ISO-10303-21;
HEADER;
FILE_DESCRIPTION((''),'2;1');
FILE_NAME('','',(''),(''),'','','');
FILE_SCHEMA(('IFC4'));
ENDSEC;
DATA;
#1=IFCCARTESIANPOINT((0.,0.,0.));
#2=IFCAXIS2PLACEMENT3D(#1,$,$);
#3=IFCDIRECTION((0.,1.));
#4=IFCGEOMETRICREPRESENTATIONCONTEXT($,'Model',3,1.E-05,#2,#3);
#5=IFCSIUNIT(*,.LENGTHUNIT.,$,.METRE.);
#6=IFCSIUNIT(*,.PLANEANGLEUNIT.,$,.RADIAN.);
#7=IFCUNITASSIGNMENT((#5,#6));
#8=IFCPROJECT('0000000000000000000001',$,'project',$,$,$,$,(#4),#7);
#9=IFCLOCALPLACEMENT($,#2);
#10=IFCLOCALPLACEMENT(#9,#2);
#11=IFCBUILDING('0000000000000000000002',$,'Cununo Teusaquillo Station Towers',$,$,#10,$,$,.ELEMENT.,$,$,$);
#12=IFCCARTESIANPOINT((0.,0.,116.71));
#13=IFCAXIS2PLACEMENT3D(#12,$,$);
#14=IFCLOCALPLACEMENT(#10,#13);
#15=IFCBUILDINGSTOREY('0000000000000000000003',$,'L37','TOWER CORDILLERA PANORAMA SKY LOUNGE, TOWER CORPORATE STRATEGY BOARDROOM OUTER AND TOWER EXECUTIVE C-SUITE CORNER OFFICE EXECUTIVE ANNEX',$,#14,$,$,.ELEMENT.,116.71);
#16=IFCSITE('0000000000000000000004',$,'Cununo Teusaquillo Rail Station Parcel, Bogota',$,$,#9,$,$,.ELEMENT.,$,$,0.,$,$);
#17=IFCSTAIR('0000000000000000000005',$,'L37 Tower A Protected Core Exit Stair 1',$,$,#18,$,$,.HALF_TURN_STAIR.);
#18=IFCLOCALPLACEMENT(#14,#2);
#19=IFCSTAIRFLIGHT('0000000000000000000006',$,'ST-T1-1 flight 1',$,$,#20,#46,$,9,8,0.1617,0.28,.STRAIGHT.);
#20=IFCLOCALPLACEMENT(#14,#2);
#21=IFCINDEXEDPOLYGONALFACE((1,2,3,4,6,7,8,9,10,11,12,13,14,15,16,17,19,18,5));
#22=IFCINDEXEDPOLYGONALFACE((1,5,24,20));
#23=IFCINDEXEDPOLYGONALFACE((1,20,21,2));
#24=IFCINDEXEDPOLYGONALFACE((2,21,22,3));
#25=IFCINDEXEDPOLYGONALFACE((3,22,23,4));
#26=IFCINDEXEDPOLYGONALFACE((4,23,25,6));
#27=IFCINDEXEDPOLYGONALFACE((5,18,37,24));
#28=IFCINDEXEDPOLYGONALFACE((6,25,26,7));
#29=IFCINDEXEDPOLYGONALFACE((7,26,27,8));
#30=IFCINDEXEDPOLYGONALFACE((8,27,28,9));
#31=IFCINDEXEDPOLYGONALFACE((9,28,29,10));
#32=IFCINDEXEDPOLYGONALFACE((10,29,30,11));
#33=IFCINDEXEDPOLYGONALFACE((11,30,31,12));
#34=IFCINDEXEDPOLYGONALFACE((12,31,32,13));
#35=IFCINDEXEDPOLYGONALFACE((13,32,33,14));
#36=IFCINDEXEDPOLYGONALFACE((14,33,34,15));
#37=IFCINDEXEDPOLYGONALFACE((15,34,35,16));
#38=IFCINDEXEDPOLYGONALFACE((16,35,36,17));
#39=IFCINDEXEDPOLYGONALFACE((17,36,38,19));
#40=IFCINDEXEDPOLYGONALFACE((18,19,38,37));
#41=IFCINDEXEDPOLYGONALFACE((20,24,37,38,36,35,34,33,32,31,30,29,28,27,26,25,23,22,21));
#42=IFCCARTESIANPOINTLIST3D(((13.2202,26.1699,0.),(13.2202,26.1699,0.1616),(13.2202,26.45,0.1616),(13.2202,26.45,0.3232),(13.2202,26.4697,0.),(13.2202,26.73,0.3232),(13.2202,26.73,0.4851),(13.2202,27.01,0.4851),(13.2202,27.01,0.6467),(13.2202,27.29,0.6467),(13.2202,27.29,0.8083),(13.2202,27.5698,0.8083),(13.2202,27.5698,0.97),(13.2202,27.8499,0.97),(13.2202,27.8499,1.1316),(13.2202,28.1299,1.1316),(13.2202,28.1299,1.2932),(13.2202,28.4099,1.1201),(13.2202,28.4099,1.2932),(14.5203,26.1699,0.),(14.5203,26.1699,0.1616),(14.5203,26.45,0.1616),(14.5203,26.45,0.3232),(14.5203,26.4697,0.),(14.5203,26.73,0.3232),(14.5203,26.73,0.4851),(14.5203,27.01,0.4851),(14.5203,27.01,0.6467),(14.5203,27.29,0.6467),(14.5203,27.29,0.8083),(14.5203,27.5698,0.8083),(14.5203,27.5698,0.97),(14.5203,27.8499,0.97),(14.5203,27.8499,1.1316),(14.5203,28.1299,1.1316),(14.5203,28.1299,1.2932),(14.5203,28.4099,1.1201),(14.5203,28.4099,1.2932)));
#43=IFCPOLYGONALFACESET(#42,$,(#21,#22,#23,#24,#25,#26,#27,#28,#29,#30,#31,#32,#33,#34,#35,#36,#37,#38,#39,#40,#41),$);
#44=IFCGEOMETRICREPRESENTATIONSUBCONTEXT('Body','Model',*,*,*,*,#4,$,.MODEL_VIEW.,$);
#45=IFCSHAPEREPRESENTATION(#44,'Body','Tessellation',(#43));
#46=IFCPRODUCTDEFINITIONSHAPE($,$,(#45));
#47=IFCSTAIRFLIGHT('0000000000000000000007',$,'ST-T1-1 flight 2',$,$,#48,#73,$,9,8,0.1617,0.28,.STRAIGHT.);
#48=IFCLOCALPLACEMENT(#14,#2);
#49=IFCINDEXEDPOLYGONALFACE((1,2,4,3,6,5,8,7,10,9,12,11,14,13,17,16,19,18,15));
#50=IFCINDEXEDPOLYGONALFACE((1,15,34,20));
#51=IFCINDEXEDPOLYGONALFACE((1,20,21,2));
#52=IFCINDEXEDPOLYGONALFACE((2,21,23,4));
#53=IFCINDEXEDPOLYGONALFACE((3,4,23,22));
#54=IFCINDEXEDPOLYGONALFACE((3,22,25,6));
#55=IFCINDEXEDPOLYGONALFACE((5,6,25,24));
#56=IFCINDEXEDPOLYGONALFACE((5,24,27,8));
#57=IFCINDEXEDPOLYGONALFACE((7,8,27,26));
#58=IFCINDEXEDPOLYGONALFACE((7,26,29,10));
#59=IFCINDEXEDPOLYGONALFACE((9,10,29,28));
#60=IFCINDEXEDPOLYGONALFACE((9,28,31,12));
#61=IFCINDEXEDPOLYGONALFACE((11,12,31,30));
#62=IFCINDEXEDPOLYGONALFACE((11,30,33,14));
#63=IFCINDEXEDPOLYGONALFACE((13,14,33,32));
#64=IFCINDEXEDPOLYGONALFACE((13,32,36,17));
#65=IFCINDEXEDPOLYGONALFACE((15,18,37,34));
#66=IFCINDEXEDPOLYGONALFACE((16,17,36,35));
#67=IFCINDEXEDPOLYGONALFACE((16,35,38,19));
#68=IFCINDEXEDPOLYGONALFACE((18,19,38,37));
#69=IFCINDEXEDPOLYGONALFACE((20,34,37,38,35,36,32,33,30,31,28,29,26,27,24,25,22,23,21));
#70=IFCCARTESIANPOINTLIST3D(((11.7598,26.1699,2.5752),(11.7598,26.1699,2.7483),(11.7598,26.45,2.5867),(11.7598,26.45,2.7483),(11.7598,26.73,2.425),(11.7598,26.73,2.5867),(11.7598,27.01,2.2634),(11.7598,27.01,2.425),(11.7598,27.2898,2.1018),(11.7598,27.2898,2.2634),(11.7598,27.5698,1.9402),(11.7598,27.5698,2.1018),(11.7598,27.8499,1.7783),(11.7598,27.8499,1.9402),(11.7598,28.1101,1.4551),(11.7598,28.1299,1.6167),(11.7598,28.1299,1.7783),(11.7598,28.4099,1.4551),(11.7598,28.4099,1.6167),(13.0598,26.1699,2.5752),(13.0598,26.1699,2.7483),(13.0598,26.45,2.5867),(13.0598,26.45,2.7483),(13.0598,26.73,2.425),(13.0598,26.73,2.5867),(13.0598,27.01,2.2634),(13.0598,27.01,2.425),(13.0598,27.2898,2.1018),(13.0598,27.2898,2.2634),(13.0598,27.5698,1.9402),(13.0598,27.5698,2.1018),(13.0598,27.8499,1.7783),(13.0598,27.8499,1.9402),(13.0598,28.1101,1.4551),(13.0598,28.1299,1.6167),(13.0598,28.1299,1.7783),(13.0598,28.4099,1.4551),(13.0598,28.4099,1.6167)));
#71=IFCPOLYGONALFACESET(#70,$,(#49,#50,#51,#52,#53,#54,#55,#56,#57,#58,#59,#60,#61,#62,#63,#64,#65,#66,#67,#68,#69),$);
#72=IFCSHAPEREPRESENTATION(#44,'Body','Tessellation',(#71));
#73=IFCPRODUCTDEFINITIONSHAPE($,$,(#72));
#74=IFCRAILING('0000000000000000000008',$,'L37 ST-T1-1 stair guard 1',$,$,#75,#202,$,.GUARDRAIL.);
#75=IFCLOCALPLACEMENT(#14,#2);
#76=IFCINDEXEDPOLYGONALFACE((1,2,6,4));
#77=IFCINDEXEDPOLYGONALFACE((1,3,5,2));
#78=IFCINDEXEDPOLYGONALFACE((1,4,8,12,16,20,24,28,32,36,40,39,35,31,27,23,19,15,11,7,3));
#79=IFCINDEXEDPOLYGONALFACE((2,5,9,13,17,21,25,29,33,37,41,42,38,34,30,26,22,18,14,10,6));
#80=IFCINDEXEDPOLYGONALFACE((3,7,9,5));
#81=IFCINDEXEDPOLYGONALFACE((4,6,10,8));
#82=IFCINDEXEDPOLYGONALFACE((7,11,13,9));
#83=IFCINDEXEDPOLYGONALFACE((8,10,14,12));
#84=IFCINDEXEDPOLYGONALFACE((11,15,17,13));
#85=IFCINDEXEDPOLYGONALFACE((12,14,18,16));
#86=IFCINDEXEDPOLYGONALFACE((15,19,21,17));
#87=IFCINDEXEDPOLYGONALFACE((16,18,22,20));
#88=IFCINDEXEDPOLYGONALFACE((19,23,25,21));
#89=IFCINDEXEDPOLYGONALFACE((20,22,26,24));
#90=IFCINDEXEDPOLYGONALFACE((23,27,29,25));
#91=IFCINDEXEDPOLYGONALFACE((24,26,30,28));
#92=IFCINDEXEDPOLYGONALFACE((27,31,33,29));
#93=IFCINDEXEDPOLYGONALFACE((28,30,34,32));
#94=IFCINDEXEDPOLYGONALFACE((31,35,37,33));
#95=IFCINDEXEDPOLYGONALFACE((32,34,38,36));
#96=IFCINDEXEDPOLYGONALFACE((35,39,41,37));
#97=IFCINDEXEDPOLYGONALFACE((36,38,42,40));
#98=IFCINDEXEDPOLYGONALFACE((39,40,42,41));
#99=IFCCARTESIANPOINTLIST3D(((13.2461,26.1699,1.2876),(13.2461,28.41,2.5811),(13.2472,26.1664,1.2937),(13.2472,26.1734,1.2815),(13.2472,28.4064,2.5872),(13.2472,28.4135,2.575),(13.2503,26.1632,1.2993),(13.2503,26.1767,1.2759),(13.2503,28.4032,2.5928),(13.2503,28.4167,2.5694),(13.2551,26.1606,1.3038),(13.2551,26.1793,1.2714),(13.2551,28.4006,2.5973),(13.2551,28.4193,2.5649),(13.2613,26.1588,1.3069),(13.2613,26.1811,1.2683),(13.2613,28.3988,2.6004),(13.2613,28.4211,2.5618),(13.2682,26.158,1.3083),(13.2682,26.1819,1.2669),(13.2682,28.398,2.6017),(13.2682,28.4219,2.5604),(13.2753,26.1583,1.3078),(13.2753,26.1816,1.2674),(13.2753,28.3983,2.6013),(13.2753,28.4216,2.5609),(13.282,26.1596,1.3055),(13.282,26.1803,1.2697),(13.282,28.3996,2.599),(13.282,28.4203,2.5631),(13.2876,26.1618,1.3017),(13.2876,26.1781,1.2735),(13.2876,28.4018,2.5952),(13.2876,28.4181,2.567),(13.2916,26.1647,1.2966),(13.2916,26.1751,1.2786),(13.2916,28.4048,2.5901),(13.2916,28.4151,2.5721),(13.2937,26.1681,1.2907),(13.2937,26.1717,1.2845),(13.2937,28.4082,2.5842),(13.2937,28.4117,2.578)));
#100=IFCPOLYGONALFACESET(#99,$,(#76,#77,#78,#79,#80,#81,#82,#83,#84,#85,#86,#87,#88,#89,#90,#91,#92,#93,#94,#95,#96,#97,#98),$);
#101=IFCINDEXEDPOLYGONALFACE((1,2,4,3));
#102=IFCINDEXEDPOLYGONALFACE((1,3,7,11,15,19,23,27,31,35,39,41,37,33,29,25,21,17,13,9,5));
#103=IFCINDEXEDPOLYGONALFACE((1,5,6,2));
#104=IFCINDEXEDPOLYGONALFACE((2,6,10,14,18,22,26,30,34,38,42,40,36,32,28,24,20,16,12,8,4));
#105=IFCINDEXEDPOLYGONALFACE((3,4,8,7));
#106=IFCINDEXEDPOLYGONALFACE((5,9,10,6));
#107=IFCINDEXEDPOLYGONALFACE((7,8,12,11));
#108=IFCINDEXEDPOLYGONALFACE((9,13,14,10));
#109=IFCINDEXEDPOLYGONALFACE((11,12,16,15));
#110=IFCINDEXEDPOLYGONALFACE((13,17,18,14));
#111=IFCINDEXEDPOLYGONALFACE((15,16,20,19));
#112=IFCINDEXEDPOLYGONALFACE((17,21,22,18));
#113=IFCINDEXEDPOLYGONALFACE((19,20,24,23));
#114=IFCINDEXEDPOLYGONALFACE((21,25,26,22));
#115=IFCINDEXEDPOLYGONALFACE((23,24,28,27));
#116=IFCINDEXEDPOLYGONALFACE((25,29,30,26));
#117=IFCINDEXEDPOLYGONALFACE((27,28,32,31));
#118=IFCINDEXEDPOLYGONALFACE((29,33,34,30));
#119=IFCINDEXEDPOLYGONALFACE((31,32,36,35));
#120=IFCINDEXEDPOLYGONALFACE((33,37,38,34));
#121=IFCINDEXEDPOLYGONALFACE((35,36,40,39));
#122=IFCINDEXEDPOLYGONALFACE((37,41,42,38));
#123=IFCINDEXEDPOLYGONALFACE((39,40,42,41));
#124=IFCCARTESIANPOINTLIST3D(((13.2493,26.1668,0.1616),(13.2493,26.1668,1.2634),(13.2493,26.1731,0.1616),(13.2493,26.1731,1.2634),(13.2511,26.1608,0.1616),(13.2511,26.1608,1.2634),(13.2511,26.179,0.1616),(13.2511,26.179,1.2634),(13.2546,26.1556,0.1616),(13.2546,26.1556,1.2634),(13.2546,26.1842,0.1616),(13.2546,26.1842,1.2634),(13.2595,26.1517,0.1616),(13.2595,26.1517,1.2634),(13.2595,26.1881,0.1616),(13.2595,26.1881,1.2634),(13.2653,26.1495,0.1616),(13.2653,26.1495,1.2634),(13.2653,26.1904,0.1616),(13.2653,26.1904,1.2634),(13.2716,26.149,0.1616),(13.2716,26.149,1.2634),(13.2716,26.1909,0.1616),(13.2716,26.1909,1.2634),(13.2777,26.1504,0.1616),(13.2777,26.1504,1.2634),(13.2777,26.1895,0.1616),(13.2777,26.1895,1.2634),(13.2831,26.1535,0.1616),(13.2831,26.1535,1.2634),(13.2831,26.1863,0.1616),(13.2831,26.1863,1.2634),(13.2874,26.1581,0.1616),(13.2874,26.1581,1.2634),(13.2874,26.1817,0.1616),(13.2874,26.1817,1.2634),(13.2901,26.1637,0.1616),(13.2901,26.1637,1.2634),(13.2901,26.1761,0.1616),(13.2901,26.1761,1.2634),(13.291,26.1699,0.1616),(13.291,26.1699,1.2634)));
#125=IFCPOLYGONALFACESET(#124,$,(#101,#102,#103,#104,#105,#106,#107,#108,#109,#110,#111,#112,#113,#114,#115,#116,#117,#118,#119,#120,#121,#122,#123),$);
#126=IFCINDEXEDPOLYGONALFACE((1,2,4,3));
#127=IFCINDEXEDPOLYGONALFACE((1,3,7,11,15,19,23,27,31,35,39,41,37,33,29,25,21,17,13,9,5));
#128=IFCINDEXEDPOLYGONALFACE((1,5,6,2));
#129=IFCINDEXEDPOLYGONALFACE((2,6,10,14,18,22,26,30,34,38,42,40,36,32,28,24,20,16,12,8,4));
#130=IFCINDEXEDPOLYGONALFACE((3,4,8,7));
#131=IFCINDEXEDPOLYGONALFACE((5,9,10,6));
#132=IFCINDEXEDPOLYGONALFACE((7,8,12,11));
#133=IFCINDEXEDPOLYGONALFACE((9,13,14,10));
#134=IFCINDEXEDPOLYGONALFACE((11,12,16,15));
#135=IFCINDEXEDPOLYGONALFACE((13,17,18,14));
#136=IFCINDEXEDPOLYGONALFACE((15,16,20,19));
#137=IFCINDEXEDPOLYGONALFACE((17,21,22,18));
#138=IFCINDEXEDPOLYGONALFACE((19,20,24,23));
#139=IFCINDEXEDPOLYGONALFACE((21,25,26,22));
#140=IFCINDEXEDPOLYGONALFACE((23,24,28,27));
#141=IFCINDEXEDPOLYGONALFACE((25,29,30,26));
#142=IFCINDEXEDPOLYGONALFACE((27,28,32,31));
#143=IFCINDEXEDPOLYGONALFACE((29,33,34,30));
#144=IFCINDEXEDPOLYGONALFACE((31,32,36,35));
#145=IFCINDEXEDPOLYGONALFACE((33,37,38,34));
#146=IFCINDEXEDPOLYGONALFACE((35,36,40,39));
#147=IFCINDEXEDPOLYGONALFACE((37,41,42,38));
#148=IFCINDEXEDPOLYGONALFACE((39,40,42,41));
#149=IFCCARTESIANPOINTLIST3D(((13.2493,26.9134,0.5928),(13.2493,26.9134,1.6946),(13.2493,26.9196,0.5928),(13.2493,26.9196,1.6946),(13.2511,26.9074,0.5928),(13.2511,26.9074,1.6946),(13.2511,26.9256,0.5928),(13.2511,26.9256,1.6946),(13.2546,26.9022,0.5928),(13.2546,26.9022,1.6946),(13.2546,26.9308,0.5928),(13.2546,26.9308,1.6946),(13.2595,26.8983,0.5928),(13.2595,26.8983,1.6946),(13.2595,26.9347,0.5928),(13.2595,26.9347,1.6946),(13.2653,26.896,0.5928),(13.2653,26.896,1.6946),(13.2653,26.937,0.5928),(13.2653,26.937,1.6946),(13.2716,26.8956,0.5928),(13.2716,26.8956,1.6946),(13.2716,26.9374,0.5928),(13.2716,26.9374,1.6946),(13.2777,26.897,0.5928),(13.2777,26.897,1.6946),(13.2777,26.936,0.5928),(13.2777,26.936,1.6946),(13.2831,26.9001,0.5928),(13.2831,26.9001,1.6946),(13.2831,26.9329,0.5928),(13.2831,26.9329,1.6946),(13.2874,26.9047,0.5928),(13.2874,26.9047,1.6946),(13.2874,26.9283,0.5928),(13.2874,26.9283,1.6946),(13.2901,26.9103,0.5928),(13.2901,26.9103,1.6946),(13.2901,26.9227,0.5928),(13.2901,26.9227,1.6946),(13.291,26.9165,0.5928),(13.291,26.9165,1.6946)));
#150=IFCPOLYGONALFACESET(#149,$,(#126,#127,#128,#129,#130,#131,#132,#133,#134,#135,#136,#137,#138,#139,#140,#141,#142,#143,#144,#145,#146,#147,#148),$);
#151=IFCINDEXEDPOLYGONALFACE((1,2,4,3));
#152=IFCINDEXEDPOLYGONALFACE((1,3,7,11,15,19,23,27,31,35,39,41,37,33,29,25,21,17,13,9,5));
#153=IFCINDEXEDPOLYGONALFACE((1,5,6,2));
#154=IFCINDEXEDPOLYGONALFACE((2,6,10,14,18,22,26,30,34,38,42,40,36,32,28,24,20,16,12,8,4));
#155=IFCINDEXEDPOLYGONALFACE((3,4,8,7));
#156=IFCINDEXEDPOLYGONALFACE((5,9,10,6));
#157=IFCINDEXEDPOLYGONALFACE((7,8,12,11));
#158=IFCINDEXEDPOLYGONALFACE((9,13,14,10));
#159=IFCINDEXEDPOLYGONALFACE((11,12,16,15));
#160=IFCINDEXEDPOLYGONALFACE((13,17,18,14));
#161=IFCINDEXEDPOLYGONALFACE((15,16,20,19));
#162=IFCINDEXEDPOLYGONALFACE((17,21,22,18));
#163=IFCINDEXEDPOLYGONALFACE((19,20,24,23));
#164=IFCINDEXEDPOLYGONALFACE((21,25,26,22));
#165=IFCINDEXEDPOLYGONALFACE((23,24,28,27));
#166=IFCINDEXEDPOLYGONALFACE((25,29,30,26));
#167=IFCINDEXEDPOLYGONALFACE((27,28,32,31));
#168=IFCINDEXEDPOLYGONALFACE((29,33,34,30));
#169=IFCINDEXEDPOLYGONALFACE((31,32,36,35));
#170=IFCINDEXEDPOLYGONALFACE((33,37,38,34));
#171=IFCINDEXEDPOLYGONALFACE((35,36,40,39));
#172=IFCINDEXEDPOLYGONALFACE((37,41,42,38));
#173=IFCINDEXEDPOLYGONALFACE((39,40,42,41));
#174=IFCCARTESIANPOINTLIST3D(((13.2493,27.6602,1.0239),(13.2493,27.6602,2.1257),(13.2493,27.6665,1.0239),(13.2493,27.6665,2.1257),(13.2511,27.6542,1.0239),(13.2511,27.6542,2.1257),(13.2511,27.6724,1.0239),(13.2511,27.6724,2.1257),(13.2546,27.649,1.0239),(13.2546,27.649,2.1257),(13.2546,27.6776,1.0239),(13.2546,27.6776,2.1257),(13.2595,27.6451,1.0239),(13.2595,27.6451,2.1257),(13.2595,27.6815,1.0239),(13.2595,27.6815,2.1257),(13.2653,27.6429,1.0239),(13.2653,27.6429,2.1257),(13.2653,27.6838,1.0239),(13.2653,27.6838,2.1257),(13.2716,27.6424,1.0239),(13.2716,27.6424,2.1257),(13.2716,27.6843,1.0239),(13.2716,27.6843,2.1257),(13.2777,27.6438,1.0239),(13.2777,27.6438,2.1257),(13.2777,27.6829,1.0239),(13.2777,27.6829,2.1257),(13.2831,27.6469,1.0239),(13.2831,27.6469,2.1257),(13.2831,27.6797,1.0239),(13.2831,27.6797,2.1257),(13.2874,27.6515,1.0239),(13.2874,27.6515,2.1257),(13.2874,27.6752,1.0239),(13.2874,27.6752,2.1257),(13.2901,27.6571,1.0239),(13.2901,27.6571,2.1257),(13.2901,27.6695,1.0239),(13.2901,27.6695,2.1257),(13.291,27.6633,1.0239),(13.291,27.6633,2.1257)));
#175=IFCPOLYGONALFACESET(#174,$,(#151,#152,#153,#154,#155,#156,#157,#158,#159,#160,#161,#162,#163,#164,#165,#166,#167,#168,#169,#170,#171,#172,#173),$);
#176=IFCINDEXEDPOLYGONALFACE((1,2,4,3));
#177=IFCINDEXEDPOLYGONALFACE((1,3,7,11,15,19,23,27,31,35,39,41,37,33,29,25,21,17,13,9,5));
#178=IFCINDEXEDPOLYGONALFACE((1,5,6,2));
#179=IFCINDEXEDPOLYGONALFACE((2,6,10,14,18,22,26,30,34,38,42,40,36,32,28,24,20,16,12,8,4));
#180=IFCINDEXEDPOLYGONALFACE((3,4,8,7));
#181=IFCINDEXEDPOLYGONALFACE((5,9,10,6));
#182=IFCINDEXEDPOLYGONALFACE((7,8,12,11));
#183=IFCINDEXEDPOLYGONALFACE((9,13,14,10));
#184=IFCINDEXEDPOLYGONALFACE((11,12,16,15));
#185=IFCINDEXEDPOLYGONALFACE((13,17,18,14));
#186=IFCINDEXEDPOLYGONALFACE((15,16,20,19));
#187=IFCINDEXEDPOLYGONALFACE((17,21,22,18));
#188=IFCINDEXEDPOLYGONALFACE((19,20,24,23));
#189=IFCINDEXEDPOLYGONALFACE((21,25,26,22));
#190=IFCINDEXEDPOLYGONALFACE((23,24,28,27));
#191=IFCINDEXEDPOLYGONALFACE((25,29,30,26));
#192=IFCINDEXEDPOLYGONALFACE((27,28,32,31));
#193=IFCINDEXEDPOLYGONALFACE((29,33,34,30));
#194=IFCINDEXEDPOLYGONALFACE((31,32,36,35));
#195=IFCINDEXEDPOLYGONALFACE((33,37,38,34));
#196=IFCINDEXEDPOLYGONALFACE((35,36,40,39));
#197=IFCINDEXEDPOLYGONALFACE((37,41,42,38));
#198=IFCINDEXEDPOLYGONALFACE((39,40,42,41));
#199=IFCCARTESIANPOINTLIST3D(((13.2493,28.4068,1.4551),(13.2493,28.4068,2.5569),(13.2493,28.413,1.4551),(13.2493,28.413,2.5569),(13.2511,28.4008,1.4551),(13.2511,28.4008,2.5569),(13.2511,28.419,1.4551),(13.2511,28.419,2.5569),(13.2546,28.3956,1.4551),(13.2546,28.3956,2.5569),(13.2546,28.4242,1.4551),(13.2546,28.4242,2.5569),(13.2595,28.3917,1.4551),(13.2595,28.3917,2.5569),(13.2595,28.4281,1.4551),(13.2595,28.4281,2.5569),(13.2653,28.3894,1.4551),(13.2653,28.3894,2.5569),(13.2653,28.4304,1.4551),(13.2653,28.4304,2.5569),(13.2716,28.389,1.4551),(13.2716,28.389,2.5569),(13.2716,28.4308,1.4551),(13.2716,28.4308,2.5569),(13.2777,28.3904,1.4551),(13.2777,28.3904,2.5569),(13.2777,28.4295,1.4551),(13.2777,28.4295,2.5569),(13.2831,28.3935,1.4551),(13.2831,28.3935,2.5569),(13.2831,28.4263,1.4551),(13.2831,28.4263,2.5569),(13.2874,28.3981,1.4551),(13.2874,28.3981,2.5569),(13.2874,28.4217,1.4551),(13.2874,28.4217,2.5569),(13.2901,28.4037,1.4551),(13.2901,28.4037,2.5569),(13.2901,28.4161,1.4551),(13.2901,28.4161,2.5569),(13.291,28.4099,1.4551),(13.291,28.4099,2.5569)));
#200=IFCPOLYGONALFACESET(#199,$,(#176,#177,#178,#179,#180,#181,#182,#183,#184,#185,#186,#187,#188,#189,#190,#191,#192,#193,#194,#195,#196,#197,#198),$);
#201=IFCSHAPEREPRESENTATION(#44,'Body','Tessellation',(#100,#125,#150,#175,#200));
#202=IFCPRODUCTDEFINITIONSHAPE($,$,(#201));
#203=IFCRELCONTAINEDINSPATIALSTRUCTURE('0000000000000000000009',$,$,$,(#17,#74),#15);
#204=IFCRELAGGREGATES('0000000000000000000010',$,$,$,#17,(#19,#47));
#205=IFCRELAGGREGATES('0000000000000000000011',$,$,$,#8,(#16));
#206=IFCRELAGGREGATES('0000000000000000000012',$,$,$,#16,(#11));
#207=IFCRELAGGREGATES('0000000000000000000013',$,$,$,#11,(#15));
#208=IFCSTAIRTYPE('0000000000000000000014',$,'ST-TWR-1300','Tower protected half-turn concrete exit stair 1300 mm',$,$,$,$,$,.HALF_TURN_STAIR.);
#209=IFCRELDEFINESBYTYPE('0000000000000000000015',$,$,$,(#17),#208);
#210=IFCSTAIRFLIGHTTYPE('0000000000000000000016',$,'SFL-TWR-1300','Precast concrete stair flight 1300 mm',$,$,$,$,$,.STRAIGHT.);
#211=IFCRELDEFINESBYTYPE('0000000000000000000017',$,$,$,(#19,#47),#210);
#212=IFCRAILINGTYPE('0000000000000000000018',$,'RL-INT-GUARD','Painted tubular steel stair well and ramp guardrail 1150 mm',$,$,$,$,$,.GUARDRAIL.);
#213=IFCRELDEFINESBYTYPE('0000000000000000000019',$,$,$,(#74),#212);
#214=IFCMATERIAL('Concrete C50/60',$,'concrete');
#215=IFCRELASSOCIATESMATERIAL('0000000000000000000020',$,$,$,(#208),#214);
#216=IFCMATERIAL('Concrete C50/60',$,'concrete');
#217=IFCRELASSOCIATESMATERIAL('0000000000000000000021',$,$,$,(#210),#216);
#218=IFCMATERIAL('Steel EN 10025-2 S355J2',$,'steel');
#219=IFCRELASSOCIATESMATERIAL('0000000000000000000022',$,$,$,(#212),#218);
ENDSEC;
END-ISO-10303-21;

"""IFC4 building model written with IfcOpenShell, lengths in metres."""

from ifc_helpers import new_model, si_unit, direction, frame, origin, origin_2d, place, context, subcontext, project, spatial, polyline, circle, outline, extrude, material, type_object, element, aggregate, save


model = new_model("IFC4")

# Units and contexts
model_context = context("Model", 3, precision=1e-05, world=origin(), true_north=direction((0.0, 1.0)))
body_context = subcontext(model_context, "Body", "Model", "MODEL_VIEW")
ifc_project = project(units=[si_unit("LENGTHUNIT", "METRE"), si_unit("PLANEANGLEUNIT", "RADIAN")], contexts=[model_context])

# Site, building, storey
site_placement = place(None, origin())
site = spatial("IfcSite", under=ifc_project, at=site_placement, Name="Cununo Teusaquillo Rail Station Parcel, Bogota", CompositionType="ELEMENT", RefElevation=0.0)
building_placement = place(site_placement, origin())
building = spatial("IfcBuilding", under=site, at=building_placement, Name="Cununo Teusaquillo Station Towers", CompositionType="ELEMENT")
storey_placement = place(building_placement, frame((0.0, 0.0, 116.71)))
storey = spatial("IfcBuildingStorey", under=building, at=storey_placement, Name="L37", Description="TOWER CORDILLERA PANORAMA SKY LOUNGE, TOWER CORPORATE STRATEGY BOARDROOM OUTER AND TOWER EXECUTIVE C-SUITE CORNER OFFICE EXECUTIVE ANNEX", CompositionType="ELEMENT", Elevation=116.71)

# Stair, stair flights
ifc_material_1 = material(Name="Concrete C50/60", Category="concrete")
stair_type = type_object("IfcStairType", Name="ST-TWR-1300", Description="Tower protected half-turn concrete exit stair 1300 mm", PredefinedType="HALF_TURN_STAIR", material=ifc_material_1)
stair_placement = place(storey_placement, origin())
stair = element("IfcStair", 1, at=stair_placement, inside=storey, type_object=stair_type, Name="L37 Tower A Protected Core Exit Stair 1", PredefinedType="HALF_TURN_STAIR")
ifc_material_2 = material(Name="Concrete C50/60", Category="concrete")
stair_flight_type = type_object("IfcStairFlightType", Name="SFL-TWR-1300", Description="Precast concrete stair flight 1300 mm", PredefinedType="STRAIGHT", material=ifc_material_2)
stair_flight_1_placement = place(storey_placement, frame((13.8701, 26.1699, 0.0), z_axis=(0.0, 0.0, 1.0), x_axis=(0.0, 1.0, 0.0)))
stair_flight_1 = element("IfcStairFlight", 2, at=stair_flight_1_placement, type_object=stair_flight_type, Name="ST-T1-1 flight 1", NumberOfRisers=9, NumberOfTreads=8, PredefinedType="STRAIGHT", RiserHeight=0.1617, TreadLength=0.28, context=body_context, shape_type="SweptSolid", body=[
    extrude(outline(polyline([(0.0, 0.0), (0.0, 0.1616), (0.28, 0.1616), (0.28, 0.3232), (0.5601, 0.3232), (0.5601, 0.4851), (0.8401, 0.4851), (0.8401, 0.6467), (1.1201, 0.6467), (1.1201, 0.8083), (1.3999, 0.8083), (1.3999, 0.97), (1.6799, 0.97), (1.6799, 1.1316), (1.96, 1.1316), (1.96, 1.2932), (2.24, 1.2932), (2.24, 1.4551), (2.24, 1.1201), (0.2998, 0.0), (0.0, 0.0)])), frame((0.0, 0.6499, 0.0), z_axis=(0.0, -1.0, 0.0), x_axis=(1.0, 0.0, 0.0)), (0.0, 0.0, 1.0), 1.3),
])
stair_flight_2_placement = place(storey_placement, frame((12.4099, 28.4099, 1.4551), z_axis=(0.0, 0.0, 1.0), x_axis=(0.0, -1.0, 0.0)))
stair_flight_2 = element("IfcStairFlight", 3, at=stair_flight_2_placement, type_object=stair_flight_type, Name="ST-T1-1 flight 2", NumberOfRisers=9, NumberOfTreads=8, PredefinedType="STRAIGHT", RiserHeight=0.1617, TreadLength=0.28, context=body_context, shape_type="SweptSolid", body=[
    extrude(outline(polyline([(0.0, 0.0), (0.0, 0.1616), (0.28, 0.1616), (0.28, 0.3232), (0.5601, 0.3232), (0.5601, 0.4851), (0.8401, 0.4851), (0.8401, 0.6467), (1.1201, 0.6467), (1.1201, 0.8083), (1.3999, 0.8083), (1.3999, 0.97), (1.6799, 0.97), (1.6799, 1.1316), (1.96, 1.1316), (1.96, 1.2932), (2.24, 1.2932), (2.24, 1.4551), (2.24, 1.1201), (0.2998, 0.0), (0.0, 0.0)])), frame((0.0, 0.6499, 0.0), z_axis=(0.0, -1.0, 0.0), x_axis=(1.0, 0.0, 0.0)), (0.0, 0.0, 1.0), 1.3),
])
aggregate(stair, [stair_flight_1, stair_flight_2])

# Railing
ifc_material_3 = material(Name="Steel EN 10025-2 S355J2", Category="steel")
railing_type_1 = type_object("IfcRailingType", Name="RL-INT-GUARD", Description="Painted tubular steel stair well and ramp guardrail 1150 mm", PredefinedType="GUARDRAIL", material=ifc_material_3)
railing_1_placement = place(storey_placement, frame((13.27, 26.1699, 0.1616)))
element("IfcRailing", 4, at=railing_1_placement, inside=storey, type_object=railing_type_1, Name="L37 ST-T1-1 stair guard 1", PredefinedType="GUARDRAIL", context=body_context, shape_type="SweptSolid", body=[
    extrude(circle(Radius=0.0239, at=origin_2d()), frame((0.0, 0.0, 1.126), z_axis=(0.0, 0.865992, 0.500057), x_axis=(-1.0, 0.0, 0.0)), (0.0, 0.0, 1.0), 2.5867),
    extrude(circle(Radius=0.021, at=origin_2d()), origin(), (0.0, 0.0, 1.0), 1.1018),
    extrude(circle(Radius=0.021, at=origin_2d()), frame((0.0, 0.7466, 0.4312)), (0.0, 0.0, 1.0), 1.1018),
    extrude(circle(Radius=0.021, at=origin_2d()), frame((0.0, 1.4934, 0.8623)), (0.0, 0.0, 1.0), 1.1018),
    extrude(circle(Radius=0.021, at=origin_2d()), frame((0.0, 2.24, 1.2935)), (0.0, 0.0, 1.0), 1.1018),
])

save(model, "model.ifc")
